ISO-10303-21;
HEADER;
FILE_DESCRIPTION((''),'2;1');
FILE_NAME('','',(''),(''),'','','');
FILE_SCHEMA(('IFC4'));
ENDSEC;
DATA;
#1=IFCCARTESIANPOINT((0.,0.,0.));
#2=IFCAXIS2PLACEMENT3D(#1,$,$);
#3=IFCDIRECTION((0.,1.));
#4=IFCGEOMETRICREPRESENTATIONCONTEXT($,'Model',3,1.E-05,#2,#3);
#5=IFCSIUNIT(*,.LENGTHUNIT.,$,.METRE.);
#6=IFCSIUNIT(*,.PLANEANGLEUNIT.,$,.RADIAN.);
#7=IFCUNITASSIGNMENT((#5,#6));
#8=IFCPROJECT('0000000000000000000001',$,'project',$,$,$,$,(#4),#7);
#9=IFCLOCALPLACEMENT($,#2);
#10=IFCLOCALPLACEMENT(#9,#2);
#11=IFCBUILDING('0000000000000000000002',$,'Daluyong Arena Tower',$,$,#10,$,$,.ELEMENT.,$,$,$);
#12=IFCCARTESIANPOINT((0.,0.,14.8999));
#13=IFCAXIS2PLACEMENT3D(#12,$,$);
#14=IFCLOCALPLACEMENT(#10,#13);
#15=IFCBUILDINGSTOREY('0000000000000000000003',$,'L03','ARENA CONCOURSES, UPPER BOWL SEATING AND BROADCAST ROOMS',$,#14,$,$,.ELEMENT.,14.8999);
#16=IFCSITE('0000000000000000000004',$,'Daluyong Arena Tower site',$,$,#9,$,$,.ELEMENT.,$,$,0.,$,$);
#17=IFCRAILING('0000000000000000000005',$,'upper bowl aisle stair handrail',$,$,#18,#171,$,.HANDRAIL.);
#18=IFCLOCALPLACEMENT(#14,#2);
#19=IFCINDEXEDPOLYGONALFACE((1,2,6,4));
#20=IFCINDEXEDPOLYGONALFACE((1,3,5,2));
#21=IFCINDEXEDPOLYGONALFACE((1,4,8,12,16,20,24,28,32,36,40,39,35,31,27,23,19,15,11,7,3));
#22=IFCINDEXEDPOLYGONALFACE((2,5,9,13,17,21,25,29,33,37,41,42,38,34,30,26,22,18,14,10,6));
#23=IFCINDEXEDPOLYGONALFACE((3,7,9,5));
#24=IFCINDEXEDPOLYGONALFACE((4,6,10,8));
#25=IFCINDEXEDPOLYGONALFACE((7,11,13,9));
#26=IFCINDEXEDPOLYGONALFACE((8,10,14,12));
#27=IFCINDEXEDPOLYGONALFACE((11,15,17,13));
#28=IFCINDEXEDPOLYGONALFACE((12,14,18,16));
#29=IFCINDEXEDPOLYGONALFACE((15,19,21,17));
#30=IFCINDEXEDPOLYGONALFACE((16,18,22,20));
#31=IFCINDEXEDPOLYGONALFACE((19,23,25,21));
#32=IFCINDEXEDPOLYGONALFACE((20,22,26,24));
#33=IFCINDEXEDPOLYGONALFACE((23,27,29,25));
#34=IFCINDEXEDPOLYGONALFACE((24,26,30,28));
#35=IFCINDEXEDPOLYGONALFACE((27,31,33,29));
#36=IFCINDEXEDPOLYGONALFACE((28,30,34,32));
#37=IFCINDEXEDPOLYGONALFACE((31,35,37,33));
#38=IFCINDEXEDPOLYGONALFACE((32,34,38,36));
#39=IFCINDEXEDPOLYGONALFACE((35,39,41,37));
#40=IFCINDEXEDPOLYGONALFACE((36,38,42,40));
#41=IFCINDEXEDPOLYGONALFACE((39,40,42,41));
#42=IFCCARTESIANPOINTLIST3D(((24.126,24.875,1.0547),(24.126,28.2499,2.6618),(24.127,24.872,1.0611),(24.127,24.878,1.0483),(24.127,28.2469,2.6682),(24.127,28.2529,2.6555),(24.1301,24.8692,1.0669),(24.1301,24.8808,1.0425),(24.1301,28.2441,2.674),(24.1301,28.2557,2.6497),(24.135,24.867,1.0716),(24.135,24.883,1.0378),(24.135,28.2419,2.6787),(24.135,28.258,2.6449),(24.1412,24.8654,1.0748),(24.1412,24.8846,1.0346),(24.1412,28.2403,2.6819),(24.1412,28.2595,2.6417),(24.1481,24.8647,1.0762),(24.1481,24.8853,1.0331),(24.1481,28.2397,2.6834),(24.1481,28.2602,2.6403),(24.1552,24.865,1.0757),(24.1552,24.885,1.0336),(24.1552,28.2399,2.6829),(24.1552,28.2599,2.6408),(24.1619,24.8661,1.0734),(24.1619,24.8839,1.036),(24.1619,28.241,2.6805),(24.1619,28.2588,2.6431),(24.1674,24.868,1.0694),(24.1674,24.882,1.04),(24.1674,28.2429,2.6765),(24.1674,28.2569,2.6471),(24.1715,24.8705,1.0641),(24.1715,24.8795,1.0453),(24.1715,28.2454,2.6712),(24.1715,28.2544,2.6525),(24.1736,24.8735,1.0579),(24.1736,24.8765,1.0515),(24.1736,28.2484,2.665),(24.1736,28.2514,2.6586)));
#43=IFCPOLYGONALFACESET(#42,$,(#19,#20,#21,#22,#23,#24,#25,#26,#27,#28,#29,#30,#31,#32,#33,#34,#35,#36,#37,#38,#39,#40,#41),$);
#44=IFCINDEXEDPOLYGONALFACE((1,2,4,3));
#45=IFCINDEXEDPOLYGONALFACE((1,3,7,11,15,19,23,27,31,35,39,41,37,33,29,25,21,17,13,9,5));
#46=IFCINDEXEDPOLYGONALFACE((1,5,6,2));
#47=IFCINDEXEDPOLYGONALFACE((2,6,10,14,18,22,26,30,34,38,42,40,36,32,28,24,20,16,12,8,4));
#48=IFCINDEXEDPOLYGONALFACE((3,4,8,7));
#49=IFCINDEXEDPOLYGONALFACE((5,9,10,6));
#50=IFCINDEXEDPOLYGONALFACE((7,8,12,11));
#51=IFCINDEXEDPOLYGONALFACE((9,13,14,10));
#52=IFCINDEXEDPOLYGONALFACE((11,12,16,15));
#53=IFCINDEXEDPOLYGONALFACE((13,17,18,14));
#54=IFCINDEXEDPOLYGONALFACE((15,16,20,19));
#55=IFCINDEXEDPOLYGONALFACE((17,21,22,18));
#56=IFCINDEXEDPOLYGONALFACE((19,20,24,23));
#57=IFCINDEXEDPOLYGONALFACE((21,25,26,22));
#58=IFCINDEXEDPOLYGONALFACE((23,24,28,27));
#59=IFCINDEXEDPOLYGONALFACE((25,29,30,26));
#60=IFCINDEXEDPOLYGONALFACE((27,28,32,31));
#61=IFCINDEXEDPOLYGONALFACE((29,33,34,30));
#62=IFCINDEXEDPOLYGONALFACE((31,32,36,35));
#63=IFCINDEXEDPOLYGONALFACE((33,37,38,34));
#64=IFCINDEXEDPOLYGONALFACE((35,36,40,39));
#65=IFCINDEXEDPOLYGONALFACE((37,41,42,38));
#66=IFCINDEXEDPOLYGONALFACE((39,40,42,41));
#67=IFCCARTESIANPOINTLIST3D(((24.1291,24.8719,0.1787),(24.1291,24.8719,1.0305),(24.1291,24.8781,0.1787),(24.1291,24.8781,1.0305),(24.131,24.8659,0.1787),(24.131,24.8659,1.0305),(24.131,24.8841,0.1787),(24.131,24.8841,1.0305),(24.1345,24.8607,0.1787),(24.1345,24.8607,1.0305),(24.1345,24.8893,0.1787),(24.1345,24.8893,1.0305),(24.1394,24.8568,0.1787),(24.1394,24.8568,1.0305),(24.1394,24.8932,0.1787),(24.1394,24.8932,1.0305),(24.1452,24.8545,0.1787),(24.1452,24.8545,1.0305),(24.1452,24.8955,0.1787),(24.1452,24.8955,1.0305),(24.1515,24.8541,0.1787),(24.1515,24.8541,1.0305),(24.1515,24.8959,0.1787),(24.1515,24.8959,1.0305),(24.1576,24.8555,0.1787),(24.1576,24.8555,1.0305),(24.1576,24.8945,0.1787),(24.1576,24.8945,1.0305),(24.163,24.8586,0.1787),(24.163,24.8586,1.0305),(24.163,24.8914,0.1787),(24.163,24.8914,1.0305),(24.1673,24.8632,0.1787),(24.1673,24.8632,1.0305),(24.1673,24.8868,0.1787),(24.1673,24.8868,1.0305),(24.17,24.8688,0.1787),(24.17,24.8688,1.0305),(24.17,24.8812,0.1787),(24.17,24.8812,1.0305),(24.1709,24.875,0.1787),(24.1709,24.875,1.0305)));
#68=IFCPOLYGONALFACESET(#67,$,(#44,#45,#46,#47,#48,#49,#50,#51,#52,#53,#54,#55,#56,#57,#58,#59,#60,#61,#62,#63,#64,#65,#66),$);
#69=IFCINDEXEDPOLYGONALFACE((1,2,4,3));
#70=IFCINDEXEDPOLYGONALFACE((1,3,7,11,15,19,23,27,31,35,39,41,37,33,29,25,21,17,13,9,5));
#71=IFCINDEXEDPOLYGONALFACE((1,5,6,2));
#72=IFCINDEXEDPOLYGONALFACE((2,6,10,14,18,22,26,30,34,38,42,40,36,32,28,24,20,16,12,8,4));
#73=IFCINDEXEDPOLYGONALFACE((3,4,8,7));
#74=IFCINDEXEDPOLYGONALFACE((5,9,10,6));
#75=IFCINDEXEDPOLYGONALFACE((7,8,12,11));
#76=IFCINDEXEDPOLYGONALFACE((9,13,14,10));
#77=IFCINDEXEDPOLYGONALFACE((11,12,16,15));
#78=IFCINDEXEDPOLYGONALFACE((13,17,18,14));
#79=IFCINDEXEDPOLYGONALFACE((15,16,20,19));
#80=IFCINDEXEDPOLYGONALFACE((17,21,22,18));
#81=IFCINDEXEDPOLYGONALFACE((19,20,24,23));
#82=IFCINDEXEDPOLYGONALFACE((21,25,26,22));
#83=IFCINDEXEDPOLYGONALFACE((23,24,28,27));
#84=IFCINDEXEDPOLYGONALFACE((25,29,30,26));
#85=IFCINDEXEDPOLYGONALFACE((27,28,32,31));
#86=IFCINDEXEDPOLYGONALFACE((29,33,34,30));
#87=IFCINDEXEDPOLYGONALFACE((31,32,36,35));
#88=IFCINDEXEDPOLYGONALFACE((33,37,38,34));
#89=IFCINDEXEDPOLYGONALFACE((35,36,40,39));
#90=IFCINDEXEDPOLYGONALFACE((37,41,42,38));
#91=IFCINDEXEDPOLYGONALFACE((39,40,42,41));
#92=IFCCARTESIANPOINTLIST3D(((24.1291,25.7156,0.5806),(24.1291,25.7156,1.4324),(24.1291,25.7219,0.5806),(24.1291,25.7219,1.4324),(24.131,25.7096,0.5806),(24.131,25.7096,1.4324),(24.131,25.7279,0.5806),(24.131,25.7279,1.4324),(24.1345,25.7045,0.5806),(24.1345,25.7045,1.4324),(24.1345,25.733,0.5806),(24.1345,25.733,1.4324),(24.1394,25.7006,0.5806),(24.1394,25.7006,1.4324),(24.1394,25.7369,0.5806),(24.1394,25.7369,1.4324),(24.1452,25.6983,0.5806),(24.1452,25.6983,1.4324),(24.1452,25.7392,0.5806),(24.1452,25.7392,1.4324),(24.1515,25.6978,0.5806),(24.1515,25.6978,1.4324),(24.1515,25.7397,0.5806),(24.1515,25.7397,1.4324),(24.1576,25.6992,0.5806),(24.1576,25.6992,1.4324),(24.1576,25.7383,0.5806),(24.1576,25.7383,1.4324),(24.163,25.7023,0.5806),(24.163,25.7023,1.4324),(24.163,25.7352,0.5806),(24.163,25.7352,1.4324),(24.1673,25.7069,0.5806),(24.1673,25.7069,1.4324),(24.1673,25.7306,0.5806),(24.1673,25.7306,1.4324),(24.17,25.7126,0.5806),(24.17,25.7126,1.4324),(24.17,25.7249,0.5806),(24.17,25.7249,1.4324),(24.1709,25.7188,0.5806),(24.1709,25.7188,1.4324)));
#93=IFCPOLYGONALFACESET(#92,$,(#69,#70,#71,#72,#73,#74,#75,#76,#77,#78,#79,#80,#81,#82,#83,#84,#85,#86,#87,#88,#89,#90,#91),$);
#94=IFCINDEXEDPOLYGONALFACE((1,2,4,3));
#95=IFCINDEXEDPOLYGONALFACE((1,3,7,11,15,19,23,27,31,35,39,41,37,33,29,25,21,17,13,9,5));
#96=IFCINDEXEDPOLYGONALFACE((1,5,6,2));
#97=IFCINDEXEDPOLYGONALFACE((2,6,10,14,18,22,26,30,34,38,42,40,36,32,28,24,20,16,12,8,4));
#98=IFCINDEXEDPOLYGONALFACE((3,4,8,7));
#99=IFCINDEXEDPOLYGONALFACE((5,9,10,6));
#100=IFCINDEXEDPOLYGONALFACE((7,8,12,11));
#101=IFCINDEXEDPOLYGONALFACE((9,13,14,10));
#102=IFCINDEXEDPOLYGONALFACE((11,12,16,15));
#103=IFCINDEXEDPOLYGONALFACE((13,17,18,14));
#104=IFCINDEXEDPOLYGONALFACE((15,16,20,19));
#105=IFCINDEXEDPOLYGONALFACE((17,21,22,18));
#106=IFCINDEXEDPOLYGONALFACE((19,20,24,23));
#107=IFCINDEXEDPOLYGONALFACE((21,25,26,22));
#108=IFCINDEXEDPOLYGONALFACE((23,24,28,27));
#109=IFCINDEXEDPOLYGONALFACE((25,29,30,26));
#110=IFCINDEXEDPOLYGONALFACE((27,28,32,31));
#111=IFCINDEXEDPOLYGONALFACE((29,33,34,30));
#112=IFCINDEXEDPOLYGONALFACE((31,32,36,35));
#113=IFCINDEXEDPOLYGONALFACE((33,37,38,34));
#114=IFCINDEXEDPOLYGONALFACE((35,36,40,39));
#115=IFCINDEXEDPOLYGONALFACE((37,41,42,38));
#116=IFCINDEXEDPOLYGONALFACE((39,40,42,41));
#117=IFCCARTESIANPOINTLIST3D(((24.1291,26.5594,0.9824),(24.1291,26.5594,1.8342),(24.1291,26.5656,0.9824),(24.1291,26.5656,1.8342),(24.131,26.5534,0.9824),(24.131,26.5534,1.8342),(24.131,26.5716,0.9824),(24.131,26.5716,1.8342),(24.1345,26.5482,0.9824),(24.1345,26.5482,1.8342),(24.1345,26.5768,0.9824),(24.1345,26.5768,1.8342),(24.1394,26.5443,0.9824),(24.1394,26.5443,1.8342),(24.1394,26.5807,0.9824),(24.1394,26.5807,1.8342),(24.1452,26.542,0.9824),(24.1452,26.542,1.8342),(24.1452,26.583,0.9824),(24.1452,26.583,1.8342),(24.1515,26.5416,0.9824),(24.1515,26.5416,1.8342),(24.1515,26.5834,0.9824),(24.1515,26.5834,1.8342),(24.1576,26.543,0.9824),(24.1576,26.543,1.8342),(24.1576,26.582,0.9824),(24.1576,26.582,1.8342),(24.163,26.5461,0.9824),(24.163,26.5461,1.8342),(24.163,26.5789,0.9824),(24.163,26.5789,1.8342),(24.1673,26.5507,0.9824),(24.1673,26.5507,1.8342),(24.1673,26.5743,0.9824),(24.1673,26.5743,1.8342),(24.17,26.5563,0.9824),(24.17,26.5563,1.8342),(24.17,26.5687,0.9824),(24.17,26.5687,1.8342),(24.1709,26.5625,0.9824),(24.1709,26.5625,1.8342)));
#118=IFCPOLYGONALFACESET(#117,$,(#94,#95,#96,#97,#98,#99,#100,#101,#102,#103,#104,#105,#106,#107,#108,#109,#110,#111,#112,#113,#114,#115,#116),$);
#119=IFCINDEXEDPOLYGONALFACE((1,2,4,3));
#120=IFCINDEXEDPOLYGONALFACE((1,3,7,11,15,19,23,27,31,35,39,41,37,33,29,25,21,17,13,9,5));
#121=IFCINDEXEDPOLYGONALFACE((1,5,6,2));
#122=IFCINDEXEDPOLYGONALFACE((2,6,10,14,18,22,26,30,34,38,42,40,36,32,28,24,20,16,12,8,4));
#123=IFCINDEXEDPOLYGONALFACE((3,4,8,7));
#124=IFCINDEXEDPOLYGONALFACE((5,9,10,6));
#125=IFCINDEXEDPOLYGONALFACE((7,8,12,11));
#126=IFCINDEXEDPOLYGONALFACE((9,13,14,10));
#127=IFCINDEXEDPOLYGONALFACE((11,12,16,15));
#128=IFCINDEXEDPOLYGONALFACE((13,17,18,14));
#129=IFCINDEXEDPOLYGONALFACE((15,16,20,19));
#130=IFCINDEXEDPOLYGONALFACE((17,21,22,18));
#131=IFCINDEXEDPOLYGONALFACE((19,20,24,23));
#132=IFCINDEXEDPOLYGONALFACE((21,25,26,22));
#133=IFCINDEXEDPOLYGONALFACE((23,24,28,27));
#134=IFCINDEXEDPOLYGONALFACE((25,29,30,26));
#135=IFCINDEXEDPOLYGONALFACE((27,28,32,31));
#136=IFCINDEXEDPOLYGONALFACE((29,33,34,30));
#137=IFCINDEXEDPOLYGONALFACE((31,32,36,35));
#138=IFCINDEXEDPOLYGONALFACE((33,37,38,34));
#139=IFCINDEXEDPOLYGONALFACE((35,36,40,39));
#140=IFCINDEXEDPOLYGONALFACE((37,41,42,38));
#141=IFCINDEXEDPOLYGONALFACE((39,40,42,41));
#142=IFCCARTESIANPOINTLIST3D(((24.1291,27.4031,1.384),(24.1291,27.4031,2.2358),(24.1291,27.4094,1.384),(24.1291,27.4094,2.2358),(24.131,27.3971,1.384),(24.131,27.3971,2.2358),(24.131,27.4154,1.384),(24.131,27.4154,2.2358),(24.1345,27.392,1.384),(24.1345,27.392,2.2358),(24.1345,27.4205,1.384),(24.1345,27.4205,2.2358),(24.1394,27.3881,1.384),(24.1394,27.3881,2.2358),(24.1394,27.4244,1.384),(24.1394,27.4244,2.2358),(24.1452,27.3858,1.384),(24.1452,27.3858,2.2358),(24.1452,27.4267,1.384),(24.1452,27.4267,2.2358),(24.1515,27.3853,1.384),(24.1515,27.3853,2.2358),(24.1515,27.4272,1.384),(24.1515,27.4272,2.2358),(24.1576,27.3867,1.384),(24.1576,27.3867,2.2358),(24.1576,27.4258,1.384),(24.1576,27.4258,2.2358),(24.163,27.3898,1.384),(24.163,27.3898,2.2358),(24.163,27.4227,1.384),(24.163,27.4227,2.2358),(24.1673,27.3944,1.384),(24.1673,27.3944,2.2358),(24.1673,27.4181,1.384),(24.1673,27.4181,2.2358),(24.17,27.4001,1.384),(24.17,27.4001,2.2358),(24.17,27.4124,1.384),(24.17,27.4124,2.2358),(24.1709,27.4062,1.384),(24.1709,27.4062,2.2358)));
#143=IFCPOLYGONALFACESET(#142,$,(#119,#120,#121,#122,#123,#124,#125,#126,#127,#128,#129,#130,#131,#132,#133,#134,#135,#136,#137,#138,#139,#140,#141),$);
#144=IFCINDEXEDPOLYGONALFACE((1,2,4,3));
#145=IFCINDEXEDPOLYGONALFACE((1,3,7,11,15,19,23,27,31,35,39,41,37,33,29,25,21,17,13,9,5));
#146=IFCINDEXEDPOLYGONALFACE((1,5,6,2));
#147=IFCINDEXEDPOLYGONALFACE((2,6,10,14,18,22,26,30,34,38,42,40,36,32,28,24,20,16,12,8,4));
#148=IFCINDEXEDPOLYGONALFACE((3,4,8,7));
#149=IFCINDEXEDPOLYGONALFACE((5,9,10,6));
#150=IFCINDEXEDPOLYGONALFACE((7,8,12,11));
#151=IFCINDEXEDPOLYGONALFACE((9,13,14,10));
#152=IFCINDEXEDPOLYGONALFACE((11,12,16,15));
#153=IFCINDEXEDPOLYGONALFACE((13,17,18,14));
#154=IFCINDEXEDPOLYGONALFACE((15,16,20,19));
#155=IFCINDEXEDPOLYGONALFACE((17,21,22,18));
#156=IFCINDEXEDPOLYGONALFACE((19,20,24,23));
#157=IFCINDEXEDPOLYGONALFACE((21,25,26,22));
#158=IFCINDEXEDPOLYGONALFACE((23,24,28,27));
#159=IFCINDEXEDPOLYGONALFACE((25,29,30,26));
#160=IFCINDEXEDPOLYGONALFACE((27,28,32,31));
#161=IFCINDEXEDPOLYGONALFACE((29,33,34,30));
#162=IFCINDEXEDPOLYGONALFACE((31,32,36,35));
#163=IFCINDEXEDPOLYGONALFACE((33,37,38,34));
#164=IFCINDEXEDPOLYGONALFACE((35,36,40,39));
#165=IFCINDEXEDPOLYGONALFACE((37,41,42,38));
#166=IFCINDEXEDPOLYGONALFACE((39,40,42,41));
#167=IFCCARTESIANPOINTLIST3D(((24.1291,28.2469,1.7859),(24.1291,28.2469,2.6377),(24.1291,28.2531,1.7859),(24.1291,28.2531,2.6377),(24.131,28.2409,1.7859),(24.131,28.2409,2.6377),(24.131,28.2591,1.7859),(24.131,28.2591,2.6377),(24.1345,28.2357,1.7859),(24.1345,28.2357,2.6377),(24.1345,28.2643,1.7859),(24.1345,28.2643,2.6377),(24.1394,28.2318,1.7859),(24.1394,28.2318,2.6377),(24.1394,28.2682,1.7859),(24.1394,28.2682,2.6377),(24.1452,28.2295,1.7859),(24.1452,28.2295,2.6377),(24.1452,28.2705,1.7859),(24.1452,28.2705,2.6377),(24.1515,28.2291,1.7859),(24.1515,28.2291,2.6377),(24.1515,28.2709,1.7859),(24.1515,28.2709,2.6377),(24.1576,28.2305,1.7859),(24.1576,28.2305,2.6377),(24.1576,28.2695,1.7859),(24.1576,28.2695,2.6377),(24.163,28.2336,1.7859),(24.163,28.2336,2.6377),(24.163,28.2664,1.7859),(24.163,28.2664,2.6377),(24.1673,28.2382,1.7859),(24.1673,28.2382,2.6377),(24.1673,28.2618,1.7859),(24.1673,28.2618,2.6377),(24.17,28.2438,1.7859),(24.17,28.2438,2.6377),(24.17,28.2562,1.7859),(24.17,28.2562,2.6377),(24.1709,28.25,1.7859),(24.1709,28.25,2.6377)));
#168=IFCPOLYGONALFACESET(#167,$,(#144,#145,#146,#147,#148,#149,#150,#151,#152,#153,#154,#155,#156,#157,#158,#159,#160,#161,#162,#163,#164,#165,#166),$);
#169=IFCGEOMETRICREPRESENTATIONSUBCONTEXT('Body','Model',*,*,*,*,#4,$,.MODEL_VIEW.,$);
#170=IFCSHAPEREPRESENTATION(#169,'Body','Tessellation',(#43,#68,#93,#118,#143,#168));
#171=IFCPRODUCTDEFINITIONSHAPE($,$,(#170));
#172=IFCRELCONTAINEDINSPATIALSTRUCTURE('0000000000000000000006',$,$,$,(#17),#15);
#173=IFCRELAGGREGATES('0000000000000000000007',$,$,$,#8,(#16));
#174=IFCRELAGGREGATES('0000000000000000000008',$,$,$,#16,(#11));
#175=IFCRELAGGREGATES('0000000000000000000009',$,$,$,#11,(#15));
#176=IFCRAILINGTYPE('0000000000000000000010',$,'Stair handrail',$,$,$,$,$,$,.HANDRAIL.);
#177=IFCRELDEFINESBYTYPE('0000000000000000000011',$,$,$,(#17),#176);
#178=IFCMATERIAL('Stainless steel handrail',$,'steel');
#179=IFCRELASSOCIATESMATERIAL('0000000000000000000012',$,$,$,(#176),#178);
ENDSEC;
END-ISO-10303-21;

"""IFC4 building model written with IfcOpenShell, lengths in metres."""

from ifc_helpers import new_model, si_unit, direction, frame, origin, origin_2d, place, context, subcontext, project, spatial, circle, extrude, material, type_object, element, save


model = new_model("IFC4")

# Units and contexts
model_context = context("Model", 3, precision=1e-05, world=origin(), true_north=direction((0.0, 1.0)))
body_context = subcontext(model_context, "Body", "Model", "MODEL_VIEW")
ifc_project = project(units=[si_unit("LENGTHUNIT", "METRE"), si_unit("PLANEANGLEUNIT", "RADIAN")], contexts=[model_context])

# Site, building, storey
site_placement = place(None, origin())
site = spatial("IfcSite", under=ifc_project, at=site_placement, Name="Daluyong Arena Tower site", CompositionType="ELEMENT", RefElevation=0.0)
building_placement = place(site_placement, origin())
building = spatial("IfcBuilding", under=site, at=building_placement, Name="Daluyong Arena Tower", CompositionType="ELEMENT")
storey_placement = place(building_placement, frame((0.0, 0.0, 14.8999)))
storey = spatial("IfcBuildingStorey", under=building, at=storey_placement, Name="L03", Description="ARENA CONCOURSES, UPPER BOWL SEATING AND BROADCAST ROOMS", CompositionType="ELEMENT", Elevation=14.8999)

# Railing
ifc_material_1 = material(Name="Stainless steel handrail", Category="steel")
railing_type_1 = type_object("IfcRailingType", Name="Stair handrail", PredefinedType="HANDRAIL", material=ifc_material_1)
railing_1_placement = place(storey_placement, frame((24.1499, 24.875, 0.1787)))
element("IfcRailing", 1, at=railing_1_placement, inside=storey, type_object=railing_type_1, Name="upper bowl aisle stair handrail", PredefinedType="HANDRAIL", context=body_context, shape_type="SweptSolid", body=[
    extrude(circle(Radius=0.0239, at=origin_2d()), frame((0.0, 0.0, 0.876), z_axis=(0.0, 0.902857, 0.429941), x_axis=(-1.0, 0.0, 0.0)), (0.0, 0.0, 1.0), 3.738),
    extrude(circle(Radius=0.021, at=origin_2d()), origin(), (0.0, 0.0, 1.0), 0.8518),
    extrude(circle(Radius=0.021, at=origin_2d()), frame((0.0, 0.8438, 0.4019)), (0.0, 0.0, 1.0), 0.8518),
    extrude(circle(Radius=0.021, at=origin_2d()), frame((0.0, 1.6875, 0.8037)), (0.0, 0.0, 1.0), 0.8518),
    extrude(circle(Radius=0.021, at=origin_2d()), frame((0.0, 2.5312, 1.2053)), (0.0, 0.0, 1.0), 0.8518),
    extrude(circle(Radius=0.021, at=origin_2d()), frame((0.0, 3.375, 1.6072)), (0.0, 0.0, 1.0), 0.8518),
])

save(model, "model.ifc")
